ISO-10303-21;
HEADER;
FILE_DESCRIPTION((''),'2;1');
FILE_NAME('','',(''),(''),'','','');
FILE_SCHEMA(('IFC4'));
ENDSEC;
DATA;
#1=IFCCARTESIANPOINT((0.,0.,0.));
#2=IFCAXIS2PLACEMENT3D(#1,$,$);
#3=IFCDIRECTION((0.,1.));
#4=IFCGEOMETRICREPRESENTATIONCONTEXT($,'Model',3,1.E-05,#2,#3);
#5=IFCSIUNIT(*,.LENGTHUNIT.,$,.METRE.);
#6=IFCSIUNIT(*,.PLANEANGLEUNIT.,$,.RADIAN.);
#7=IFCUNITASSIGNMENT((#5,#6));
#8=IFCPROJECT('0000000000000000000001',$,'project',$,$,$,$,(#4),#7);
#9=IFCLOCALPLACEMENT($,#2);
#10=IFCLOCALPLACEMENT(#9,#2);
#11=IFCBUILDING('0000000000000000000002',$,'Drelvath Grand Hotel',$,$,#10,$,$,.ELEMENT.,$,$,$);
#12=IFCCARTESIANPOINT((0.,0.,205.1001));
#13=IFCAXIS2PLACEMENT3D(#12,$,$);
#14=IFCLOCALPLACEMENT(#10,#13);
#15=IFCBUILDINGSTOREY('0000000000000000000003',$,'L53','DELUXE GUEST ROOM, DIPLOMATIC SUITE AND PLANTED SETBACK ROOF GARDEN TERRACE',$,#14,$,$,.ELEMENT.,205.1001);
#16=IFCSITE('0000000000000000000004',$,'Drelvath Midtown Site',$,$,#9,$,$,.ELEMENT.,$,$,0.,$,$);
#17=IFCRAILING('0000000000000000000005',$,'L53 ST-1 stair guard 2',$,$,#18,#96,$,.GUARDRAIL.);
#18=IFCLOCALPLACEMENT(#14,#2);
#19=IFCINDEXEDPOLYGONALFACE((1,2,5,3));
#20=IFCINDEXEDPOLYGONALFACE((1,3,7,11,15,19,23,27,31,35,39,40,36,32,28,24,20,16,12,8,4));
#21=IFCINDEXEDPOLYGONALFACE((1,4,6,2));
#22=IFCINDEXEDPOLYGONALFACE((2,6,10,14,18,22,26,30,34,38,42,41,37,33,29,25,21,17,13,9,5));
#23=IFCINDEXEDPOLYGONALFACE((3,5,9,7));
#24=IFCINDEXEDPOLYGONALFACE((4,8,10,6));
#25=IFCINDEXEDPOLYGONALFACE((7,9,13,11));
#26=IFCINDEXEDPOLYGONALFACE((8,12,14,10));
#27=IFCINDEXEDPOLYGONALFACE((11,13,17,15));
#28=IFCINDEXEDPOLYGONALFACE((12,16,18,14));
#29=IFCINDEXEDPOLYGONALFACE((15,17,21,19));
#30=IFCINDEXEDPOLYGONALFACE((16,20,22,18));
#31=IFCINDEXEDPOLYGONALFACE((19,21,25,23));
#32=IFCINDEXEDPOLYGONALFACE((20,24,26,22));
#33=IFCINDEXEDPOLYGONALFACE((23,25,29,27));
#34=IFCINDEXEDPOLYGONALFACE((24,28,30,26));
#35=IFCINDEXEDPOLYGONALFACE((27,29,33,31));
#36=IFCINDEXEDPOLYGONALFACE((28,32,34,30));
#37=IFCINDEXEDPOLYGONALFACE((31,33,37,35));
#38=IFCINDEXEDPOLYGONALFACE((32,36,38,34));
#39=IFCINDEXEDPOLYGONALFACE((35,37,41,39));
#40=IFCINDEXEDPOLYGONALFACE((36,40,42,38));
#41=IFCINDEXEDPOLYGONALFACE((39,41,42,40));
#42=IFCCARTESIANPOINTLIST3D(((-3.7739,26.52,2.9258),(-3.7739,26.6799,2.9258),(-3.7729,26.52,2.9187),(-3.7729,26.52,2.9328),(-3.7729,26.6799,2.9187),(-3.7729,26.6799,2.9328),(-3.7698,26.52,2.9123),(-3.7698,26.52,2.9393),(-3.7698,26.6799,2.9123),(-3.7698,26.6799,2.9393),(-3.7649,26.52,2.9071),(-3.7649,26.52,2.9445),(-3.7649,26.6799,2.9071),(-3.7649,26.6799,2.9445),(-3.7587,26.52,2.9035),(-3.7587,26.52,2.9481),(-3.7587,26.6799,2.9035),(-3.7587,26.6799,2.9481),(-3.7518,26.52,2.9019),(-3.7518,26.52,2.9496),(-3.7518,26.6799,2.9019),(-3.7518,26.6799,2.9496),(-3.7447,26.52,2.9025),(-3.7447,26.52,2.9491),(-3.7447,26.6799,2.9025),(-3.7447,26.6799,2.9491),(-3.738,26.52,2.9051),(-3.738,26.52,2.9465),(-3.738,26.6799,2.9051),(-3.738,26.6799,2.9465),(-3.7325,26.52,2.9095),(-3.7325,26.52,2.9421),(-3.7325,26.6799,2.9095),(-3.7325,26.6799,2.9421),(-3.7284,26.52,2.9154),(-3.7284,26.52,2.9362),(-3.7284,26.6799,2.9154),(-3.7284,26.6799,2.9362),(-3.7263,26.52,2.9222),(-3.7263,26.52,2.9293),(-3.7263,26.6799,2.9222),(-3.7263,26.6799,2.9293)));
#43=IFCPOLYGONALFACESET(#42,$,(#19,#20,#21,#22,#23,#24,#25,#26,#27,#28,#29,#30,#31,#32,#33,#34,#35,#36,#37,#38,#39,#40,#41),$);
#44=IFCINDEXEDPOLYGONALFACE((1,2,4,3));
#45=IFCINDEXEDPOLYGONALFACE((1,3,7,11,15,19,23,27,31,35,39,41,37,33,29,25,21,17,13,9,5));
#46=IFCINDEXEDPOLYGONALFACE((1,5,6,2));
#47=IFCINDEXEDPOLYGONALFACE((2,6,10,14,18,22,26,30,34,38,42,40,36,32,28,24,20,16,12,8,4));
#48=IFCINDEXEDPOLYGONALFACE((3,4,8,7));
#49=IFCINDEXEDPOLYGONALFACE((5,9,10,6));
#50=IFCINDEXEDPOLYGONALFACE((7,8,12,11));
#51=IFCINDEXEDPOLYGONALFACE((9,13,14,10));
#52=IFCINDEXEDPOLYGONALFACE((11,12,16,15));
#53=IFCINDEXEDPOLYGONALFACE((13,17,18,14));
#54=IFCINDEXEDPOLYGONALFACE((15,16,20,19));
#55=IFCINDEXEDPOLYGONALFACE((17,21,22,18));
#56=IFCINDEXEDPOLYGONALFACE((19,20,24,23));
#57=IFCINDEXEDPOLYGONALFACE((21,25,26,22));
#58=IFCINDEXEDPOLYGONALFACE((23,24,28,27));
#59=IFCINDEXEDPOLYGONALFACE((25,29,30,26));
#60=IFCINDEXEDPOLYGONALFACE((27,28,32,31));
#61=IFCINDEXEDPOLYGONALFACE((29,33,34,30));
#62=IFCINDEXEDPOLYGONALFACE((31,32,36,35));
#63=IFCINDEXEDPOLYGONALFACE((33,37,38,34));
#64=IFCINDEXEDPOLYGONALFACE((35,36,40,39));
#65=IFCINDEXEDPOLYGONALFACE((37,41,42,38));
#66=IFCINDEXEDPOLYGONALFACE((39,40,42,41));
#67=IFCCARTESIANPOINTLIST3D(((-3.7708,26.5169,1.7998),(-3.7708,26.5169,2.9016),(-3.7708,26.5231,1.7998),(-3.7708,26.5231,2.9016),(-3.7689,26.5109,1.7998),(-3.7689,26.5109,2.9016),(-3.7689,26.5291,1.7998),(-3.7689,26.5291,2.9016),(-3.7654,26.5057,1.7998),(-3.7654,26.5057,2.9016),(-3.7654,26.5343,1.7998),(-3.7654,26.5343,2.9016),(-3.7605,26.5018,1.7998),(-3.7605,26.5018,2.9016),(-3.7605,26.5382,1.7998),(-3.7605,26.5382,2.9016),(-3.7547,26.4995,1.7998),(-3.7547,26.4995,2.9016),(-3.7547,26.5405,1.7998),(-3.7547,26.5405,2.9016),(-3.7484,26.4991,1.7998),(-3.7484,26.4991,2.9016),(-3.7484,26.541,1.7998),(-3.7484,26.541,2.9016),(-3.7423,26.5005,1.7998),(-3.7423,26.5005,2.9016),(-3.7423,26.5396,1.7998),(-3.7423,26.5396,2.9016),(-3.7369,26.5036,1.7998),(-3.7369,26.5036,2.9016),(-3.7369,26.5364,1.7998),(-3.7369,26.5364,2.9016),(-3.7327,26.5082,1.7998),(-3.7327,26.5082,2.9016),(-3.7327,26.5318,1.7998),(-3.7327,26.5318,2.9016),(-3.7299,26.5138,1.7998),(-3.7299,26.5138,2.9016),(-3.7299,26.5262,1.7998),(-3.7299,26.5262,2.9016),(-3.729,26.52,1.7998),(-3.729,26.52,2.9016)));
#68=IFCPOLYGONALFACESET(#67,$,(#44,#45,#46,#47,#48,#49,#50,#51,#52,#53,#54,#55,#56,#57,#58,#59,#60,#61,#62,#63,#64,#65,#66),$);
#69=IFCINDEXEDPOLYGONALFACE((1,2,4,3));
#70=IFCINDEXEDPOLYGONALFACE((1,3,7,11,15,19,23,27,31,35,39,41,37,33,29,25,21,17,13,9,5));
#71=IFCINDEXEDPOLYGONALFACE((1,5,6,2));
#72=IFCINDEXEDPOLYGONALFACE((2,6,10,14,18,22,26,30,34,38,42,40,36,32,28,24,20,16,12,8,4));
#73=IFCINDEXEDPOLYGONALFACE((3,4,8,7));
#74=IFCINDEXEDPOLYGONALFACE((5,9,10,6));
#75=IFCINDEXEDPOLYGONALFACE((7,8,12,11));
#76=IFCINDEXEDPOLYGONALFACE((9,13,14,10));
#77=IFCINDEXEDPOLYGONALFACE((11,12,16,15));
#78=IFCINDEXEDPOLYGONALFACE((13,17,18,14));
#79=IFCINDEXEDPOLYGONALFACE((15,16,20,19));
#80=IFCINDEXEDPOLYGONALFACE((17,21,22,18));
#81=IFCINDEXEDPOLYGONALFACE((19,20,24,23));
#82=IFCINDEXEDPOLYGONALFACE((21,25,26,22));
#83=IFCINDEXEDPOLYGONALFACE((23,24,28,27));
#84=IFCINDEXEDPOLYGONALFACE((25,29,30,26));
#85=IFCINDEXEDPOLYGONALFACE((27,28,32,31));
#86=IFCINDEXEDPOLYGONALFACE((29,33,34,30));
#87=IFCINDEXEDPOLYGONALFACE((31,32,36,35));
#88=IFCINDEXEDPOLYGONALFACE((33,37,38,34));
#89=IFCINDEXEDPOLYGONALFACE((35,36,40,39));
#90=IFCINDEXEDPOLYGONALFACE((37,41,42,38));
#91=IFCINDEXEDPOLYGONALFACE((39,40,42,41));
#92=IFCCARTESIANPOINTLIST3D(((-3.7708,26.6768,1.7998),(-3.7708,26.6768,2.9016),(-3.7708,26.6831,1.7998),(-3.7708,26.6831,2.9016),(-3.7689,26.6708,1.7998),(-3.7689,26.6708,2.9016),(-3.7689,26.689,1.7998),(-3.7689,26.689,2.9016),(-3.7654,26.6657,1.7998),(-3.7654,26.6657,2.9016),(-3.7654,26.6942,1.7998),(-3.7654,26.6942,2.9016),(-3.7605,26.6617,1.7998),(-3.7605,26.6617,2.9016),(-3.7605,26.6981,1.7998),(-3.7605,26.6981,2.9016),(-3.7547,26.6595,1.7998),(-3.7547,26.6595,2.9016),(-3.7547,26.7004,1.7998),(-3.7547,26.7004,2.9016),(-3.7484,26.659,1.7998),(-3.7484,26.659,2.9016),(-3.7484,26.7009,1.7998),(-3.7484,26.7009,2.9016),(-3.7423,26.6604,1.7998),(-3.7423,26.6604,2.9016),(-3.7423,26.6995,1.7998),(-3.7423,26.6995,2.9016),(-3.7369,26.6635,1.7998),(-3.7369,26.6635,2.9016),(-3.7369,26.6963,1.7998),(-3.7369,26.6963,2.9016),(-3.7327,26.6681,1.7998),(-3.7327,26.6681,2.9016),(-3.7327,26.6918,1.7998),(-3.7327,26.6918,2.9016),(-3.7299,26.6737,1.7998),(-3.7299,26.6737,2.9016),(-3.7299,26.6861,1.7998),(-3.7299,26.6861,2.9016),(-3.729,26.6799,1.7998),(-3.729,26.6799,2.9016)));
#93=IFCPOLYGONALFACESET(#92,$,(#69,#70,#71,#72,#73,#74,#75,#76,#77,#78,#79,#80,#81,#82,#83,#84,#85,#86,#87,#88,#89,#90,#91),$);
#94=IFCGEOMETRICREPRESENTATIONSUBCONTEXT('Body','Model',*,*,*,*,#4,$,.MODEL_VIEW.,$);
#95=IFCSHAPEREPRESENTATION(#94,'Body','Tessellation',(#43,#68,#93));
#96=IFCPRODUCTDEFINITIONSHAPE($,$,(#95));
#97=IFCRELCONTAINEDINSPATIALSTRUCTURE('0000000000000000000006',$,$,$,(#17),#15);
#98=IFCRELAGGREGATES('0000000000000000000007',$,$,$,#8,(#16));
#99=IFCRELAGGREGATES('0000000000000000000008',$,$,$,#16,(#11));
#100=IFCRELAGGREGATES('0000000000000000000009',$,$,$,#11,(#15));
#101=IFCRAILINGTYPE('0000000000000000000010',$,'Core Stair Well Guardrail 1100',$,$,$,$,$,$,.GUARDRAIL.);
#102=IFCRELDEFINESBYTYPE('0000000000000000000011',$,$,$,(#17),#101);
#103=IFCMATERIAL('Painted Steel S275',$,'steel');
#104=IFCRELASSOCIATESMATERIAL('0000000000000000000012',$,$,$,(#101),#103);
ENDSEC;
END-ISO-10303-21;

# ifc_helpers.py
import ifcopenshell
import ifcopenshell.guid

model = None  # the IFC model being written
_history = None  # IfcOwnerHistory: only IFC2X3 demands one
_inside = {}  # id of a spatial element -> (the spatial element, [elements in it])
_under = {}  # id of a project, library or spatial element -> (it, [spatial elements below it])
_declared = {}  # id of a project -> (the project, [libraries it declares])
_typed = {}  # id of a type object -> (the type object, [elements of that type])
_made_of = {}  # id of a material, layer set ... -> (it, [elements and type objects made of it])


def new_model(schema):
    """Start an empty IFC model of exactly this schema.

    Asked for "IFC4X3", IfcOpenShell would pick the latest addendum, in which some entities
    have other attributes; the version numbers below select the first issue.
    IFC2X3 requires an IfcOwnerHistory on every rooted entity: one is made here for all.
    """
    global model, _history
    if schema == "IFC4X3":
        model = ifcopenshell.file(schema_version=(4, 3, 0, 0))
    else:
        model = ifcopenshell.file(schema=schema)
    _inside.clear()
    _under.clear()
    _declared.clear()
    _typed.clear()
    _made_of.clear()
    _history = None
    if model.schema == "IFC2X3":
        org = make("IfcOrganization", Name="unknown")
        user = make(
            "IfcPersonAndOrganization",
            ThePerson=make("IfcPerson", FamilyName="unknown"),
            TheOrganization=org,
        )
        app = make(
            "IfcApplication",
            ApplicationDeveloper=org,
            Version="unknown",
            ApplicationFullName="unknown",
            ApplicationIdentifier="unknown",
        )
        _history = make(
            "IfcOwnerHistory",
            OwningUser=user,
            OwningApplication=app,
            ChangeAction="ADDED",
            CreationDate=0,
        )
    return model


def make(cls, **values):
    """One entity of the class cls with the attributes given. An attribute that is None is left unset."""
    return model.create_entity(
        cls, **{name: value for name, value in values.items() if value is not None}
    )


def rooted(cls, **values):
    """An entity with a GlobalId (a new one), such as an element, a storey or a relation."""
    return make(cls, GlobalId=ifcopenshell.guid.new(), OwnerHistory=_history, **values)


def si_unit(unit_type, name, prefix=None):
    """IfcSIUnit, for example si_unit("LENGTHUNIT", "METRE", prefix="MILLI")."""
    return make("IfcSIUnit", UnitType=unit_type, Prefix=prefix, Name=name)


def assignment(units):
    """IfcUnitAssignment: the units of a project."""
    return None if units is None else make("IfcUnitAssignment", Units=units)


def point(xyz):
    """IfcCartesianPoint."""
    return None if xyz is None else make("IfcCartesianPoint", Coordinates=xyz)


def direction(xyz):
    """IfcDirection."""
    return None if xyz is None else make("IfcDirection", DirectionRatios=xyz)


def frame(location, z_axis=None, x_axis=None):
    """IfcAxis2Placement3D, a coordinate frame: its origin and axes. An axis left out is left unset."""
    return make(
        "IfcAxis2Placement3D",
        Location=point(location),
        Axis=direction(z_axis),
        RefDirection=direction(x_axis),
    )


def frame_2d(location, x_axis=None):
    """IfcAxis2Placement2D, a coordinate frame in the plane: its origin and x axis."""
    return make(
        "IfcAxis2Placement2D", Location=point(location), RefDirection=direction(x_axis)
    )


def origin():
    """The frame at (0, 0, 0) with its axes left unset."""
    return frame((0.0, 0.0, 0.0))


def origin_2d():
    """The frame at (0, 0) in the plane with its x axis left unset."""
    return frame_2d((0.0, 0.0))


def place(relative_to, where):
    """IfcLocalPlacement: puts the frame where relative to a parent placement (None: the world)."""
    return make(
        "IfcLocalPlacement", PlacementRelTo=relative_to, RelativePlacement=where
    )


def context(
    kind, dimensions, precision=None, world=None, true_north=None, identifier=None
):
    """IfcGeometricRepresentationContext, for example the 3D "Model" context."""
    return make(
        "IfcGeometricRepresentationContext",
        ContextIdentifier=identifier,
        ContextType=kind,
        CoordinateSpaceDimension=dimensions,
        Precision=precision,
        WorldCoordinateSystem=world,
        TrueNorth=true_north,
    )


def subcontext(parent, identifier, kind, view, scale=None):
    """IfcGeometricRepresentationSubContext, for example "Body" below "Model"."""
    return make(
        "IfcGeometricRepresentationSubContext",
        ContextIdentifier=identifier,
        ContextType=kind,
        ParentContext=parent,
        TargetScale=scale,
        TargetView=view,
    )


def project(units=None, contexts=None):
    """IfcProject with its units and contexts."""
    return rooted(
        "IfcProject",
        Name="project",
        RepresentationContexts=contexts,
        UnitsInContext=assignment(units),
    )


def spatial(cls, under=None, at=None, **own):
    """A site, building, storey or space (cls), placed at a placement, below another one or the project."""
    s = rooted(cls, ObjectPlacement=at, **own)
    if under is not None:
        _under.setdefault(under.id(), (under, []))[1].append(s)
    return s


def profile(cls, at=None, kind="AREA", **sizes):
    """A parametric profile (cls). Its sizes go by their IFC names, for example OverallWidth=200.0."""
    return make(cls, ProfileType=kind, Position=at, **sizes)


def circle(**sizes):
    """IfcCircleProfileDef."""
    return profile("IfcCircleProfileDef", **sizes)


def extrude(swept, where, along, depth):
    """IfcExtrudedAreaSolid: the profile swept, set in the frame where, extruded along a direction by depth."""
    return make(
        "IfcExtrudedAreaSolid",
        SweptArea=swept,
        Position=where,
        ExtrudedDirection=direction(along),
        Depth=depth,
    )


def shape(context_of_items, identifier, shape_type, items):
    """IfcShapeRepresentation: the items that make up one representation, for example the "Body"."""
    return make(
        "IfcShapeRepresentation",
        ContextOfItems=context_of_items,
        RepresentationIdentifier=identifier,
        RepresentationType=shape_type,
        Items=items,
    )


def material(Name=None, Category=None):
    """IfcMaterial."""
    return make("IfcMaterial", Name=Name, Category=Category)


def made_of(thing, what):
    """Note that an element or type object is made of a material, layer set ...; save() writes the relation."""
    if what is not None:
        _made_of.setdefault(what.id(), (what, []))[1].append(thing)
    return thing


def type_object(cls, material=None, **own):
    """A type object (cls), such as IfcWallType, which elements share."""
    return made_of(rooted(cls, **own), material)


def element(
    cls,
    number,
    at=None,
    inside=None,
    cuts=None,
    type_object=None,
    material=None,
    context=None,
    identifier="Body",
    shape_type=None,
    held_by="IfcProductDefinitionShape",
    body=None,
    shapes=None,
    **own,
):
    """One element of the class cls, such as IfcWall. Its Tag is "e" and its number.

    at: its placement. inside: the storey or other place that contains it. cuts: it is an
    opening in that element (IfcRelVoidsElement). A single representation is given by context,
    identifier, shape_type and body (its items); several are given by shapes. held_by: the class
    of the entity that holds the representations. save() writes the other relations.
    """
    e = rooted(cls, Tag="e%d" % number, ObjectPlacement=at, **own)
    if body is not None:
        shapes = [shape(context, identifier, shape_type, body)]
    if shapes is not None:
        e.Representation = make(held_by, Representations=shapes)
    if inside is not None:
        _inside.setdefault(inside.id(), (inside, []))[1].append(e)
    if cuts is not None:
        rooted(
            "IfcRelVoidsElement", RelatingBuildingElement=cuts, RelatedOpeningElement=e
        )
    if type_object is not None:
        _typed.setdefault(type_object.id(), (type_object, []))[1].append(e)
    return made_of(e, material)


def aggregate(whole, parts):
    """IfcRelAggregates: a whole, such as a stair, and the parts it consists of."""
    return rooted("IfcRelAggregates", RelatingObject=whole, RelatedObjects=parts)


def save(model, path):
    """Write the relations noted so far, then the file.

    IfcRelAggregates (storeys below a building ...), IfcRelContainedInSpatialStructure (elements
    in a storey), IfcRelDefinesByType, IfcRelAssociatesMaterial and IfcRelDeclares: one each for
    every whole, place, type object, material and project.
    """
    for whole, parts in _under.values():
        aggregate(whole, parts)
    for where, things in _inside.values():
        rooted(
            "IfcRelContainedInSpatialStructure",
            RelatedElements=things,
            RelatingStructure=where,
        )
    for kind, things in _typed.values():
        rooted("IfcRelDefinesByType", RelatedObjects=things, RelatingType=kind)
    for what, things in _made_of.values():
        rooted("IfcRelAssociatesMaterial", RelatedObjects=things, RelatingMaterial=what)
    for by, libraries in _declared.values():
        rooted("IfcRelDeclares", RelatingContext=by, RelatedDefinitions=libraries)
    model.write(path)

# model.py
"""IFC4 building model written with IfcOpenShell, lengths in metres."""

from ifc_helpers import new_model, si_unit, direction, frame, origin, origin_2d, place, context, subcontext, project, spatial, circle, extrude, material, type_object, element, save


model = new_model("IFC4")

# Units and contexts
model_context = context("Model", 3, precision=1e-05, world=origin(), true_north=direction((0.0, 1.0)))
body_context = subcontext(model_context, "Body", "Model", "MODEL_VIEW")
ifc_project = project(units=[si_unit("LENGTHUNIT", "METRE"), si_unit("PLANEANGLEUNIT", "RADIAN")], contexts=[model_context])

# Site, building, storey
site_placement = place(None, origin())
site = spatial("IfcSite", under=ifc_project, at=site_placement, Name="Drelvath Midtown Site", CompositionType="ELEMENT", RefElevation=0.0)
building_placement = place(site_placement, origin())
building = spatial("IfcBuilding", under=site, at=building_placement, Name="Drelvath Grand Hotel", CompositionType="ELEMENT")
storey_placement = place(building_placement, frame((0.0, 0.0, 205.1001)))
storey = spatial("IfcBuildingStorey", under=building, at=storey_placement, Name="L53", Description="DELUXE GUEST ROOM, DIPLOMATIC SUITE AND PLANTED SETBACK ROOF GARDEN TERRACE", CompositionType="ELEMENT", Elevation=205.1001)

# Shared definitions
ifc_material_1 = material(Name="Painted Steel S275", Category="steel")

# Railing
railing_type_1 = type_object("IfcRailingType", Name="Core Stair Well Guardrail 1100", PredefinedType="GUARDRAIL", material=ifc_material_1)
railing_1_placement = place(storey_placement, frame((-3.75, 26.52, 1.7998)))
element("IfcRailing", 1, at=railing_1_placement, inside=storey, type_object=railing_type_1, Name="L53 ST-1 stair guard 2", PredefinedType="GUARDRAIL", context=body_context, shape_type="SweptSolid", body=[
    extrude(circle(Radius=0.0239, at=origin_2d()), frame((0.0, 0.0, 1.126), z_axis=(0.0, 1.0, 0.0), x_axis=(-1.0, 0.0, 0.0)), (0.0, 0.0, 1.0), 0.1599),
    extrude(circle(Radius=0.021, at=origin_2d()), origin(), (0.0, 0.0, 1.0), 1.1018),
    extrude(circle(Radius=0.021, at=origin_2d()), frame((0.0, 0.1599, 0.0)), (0.0, 0.0, 1.0), 1.1018),
])

save(model, "model.ifc")
